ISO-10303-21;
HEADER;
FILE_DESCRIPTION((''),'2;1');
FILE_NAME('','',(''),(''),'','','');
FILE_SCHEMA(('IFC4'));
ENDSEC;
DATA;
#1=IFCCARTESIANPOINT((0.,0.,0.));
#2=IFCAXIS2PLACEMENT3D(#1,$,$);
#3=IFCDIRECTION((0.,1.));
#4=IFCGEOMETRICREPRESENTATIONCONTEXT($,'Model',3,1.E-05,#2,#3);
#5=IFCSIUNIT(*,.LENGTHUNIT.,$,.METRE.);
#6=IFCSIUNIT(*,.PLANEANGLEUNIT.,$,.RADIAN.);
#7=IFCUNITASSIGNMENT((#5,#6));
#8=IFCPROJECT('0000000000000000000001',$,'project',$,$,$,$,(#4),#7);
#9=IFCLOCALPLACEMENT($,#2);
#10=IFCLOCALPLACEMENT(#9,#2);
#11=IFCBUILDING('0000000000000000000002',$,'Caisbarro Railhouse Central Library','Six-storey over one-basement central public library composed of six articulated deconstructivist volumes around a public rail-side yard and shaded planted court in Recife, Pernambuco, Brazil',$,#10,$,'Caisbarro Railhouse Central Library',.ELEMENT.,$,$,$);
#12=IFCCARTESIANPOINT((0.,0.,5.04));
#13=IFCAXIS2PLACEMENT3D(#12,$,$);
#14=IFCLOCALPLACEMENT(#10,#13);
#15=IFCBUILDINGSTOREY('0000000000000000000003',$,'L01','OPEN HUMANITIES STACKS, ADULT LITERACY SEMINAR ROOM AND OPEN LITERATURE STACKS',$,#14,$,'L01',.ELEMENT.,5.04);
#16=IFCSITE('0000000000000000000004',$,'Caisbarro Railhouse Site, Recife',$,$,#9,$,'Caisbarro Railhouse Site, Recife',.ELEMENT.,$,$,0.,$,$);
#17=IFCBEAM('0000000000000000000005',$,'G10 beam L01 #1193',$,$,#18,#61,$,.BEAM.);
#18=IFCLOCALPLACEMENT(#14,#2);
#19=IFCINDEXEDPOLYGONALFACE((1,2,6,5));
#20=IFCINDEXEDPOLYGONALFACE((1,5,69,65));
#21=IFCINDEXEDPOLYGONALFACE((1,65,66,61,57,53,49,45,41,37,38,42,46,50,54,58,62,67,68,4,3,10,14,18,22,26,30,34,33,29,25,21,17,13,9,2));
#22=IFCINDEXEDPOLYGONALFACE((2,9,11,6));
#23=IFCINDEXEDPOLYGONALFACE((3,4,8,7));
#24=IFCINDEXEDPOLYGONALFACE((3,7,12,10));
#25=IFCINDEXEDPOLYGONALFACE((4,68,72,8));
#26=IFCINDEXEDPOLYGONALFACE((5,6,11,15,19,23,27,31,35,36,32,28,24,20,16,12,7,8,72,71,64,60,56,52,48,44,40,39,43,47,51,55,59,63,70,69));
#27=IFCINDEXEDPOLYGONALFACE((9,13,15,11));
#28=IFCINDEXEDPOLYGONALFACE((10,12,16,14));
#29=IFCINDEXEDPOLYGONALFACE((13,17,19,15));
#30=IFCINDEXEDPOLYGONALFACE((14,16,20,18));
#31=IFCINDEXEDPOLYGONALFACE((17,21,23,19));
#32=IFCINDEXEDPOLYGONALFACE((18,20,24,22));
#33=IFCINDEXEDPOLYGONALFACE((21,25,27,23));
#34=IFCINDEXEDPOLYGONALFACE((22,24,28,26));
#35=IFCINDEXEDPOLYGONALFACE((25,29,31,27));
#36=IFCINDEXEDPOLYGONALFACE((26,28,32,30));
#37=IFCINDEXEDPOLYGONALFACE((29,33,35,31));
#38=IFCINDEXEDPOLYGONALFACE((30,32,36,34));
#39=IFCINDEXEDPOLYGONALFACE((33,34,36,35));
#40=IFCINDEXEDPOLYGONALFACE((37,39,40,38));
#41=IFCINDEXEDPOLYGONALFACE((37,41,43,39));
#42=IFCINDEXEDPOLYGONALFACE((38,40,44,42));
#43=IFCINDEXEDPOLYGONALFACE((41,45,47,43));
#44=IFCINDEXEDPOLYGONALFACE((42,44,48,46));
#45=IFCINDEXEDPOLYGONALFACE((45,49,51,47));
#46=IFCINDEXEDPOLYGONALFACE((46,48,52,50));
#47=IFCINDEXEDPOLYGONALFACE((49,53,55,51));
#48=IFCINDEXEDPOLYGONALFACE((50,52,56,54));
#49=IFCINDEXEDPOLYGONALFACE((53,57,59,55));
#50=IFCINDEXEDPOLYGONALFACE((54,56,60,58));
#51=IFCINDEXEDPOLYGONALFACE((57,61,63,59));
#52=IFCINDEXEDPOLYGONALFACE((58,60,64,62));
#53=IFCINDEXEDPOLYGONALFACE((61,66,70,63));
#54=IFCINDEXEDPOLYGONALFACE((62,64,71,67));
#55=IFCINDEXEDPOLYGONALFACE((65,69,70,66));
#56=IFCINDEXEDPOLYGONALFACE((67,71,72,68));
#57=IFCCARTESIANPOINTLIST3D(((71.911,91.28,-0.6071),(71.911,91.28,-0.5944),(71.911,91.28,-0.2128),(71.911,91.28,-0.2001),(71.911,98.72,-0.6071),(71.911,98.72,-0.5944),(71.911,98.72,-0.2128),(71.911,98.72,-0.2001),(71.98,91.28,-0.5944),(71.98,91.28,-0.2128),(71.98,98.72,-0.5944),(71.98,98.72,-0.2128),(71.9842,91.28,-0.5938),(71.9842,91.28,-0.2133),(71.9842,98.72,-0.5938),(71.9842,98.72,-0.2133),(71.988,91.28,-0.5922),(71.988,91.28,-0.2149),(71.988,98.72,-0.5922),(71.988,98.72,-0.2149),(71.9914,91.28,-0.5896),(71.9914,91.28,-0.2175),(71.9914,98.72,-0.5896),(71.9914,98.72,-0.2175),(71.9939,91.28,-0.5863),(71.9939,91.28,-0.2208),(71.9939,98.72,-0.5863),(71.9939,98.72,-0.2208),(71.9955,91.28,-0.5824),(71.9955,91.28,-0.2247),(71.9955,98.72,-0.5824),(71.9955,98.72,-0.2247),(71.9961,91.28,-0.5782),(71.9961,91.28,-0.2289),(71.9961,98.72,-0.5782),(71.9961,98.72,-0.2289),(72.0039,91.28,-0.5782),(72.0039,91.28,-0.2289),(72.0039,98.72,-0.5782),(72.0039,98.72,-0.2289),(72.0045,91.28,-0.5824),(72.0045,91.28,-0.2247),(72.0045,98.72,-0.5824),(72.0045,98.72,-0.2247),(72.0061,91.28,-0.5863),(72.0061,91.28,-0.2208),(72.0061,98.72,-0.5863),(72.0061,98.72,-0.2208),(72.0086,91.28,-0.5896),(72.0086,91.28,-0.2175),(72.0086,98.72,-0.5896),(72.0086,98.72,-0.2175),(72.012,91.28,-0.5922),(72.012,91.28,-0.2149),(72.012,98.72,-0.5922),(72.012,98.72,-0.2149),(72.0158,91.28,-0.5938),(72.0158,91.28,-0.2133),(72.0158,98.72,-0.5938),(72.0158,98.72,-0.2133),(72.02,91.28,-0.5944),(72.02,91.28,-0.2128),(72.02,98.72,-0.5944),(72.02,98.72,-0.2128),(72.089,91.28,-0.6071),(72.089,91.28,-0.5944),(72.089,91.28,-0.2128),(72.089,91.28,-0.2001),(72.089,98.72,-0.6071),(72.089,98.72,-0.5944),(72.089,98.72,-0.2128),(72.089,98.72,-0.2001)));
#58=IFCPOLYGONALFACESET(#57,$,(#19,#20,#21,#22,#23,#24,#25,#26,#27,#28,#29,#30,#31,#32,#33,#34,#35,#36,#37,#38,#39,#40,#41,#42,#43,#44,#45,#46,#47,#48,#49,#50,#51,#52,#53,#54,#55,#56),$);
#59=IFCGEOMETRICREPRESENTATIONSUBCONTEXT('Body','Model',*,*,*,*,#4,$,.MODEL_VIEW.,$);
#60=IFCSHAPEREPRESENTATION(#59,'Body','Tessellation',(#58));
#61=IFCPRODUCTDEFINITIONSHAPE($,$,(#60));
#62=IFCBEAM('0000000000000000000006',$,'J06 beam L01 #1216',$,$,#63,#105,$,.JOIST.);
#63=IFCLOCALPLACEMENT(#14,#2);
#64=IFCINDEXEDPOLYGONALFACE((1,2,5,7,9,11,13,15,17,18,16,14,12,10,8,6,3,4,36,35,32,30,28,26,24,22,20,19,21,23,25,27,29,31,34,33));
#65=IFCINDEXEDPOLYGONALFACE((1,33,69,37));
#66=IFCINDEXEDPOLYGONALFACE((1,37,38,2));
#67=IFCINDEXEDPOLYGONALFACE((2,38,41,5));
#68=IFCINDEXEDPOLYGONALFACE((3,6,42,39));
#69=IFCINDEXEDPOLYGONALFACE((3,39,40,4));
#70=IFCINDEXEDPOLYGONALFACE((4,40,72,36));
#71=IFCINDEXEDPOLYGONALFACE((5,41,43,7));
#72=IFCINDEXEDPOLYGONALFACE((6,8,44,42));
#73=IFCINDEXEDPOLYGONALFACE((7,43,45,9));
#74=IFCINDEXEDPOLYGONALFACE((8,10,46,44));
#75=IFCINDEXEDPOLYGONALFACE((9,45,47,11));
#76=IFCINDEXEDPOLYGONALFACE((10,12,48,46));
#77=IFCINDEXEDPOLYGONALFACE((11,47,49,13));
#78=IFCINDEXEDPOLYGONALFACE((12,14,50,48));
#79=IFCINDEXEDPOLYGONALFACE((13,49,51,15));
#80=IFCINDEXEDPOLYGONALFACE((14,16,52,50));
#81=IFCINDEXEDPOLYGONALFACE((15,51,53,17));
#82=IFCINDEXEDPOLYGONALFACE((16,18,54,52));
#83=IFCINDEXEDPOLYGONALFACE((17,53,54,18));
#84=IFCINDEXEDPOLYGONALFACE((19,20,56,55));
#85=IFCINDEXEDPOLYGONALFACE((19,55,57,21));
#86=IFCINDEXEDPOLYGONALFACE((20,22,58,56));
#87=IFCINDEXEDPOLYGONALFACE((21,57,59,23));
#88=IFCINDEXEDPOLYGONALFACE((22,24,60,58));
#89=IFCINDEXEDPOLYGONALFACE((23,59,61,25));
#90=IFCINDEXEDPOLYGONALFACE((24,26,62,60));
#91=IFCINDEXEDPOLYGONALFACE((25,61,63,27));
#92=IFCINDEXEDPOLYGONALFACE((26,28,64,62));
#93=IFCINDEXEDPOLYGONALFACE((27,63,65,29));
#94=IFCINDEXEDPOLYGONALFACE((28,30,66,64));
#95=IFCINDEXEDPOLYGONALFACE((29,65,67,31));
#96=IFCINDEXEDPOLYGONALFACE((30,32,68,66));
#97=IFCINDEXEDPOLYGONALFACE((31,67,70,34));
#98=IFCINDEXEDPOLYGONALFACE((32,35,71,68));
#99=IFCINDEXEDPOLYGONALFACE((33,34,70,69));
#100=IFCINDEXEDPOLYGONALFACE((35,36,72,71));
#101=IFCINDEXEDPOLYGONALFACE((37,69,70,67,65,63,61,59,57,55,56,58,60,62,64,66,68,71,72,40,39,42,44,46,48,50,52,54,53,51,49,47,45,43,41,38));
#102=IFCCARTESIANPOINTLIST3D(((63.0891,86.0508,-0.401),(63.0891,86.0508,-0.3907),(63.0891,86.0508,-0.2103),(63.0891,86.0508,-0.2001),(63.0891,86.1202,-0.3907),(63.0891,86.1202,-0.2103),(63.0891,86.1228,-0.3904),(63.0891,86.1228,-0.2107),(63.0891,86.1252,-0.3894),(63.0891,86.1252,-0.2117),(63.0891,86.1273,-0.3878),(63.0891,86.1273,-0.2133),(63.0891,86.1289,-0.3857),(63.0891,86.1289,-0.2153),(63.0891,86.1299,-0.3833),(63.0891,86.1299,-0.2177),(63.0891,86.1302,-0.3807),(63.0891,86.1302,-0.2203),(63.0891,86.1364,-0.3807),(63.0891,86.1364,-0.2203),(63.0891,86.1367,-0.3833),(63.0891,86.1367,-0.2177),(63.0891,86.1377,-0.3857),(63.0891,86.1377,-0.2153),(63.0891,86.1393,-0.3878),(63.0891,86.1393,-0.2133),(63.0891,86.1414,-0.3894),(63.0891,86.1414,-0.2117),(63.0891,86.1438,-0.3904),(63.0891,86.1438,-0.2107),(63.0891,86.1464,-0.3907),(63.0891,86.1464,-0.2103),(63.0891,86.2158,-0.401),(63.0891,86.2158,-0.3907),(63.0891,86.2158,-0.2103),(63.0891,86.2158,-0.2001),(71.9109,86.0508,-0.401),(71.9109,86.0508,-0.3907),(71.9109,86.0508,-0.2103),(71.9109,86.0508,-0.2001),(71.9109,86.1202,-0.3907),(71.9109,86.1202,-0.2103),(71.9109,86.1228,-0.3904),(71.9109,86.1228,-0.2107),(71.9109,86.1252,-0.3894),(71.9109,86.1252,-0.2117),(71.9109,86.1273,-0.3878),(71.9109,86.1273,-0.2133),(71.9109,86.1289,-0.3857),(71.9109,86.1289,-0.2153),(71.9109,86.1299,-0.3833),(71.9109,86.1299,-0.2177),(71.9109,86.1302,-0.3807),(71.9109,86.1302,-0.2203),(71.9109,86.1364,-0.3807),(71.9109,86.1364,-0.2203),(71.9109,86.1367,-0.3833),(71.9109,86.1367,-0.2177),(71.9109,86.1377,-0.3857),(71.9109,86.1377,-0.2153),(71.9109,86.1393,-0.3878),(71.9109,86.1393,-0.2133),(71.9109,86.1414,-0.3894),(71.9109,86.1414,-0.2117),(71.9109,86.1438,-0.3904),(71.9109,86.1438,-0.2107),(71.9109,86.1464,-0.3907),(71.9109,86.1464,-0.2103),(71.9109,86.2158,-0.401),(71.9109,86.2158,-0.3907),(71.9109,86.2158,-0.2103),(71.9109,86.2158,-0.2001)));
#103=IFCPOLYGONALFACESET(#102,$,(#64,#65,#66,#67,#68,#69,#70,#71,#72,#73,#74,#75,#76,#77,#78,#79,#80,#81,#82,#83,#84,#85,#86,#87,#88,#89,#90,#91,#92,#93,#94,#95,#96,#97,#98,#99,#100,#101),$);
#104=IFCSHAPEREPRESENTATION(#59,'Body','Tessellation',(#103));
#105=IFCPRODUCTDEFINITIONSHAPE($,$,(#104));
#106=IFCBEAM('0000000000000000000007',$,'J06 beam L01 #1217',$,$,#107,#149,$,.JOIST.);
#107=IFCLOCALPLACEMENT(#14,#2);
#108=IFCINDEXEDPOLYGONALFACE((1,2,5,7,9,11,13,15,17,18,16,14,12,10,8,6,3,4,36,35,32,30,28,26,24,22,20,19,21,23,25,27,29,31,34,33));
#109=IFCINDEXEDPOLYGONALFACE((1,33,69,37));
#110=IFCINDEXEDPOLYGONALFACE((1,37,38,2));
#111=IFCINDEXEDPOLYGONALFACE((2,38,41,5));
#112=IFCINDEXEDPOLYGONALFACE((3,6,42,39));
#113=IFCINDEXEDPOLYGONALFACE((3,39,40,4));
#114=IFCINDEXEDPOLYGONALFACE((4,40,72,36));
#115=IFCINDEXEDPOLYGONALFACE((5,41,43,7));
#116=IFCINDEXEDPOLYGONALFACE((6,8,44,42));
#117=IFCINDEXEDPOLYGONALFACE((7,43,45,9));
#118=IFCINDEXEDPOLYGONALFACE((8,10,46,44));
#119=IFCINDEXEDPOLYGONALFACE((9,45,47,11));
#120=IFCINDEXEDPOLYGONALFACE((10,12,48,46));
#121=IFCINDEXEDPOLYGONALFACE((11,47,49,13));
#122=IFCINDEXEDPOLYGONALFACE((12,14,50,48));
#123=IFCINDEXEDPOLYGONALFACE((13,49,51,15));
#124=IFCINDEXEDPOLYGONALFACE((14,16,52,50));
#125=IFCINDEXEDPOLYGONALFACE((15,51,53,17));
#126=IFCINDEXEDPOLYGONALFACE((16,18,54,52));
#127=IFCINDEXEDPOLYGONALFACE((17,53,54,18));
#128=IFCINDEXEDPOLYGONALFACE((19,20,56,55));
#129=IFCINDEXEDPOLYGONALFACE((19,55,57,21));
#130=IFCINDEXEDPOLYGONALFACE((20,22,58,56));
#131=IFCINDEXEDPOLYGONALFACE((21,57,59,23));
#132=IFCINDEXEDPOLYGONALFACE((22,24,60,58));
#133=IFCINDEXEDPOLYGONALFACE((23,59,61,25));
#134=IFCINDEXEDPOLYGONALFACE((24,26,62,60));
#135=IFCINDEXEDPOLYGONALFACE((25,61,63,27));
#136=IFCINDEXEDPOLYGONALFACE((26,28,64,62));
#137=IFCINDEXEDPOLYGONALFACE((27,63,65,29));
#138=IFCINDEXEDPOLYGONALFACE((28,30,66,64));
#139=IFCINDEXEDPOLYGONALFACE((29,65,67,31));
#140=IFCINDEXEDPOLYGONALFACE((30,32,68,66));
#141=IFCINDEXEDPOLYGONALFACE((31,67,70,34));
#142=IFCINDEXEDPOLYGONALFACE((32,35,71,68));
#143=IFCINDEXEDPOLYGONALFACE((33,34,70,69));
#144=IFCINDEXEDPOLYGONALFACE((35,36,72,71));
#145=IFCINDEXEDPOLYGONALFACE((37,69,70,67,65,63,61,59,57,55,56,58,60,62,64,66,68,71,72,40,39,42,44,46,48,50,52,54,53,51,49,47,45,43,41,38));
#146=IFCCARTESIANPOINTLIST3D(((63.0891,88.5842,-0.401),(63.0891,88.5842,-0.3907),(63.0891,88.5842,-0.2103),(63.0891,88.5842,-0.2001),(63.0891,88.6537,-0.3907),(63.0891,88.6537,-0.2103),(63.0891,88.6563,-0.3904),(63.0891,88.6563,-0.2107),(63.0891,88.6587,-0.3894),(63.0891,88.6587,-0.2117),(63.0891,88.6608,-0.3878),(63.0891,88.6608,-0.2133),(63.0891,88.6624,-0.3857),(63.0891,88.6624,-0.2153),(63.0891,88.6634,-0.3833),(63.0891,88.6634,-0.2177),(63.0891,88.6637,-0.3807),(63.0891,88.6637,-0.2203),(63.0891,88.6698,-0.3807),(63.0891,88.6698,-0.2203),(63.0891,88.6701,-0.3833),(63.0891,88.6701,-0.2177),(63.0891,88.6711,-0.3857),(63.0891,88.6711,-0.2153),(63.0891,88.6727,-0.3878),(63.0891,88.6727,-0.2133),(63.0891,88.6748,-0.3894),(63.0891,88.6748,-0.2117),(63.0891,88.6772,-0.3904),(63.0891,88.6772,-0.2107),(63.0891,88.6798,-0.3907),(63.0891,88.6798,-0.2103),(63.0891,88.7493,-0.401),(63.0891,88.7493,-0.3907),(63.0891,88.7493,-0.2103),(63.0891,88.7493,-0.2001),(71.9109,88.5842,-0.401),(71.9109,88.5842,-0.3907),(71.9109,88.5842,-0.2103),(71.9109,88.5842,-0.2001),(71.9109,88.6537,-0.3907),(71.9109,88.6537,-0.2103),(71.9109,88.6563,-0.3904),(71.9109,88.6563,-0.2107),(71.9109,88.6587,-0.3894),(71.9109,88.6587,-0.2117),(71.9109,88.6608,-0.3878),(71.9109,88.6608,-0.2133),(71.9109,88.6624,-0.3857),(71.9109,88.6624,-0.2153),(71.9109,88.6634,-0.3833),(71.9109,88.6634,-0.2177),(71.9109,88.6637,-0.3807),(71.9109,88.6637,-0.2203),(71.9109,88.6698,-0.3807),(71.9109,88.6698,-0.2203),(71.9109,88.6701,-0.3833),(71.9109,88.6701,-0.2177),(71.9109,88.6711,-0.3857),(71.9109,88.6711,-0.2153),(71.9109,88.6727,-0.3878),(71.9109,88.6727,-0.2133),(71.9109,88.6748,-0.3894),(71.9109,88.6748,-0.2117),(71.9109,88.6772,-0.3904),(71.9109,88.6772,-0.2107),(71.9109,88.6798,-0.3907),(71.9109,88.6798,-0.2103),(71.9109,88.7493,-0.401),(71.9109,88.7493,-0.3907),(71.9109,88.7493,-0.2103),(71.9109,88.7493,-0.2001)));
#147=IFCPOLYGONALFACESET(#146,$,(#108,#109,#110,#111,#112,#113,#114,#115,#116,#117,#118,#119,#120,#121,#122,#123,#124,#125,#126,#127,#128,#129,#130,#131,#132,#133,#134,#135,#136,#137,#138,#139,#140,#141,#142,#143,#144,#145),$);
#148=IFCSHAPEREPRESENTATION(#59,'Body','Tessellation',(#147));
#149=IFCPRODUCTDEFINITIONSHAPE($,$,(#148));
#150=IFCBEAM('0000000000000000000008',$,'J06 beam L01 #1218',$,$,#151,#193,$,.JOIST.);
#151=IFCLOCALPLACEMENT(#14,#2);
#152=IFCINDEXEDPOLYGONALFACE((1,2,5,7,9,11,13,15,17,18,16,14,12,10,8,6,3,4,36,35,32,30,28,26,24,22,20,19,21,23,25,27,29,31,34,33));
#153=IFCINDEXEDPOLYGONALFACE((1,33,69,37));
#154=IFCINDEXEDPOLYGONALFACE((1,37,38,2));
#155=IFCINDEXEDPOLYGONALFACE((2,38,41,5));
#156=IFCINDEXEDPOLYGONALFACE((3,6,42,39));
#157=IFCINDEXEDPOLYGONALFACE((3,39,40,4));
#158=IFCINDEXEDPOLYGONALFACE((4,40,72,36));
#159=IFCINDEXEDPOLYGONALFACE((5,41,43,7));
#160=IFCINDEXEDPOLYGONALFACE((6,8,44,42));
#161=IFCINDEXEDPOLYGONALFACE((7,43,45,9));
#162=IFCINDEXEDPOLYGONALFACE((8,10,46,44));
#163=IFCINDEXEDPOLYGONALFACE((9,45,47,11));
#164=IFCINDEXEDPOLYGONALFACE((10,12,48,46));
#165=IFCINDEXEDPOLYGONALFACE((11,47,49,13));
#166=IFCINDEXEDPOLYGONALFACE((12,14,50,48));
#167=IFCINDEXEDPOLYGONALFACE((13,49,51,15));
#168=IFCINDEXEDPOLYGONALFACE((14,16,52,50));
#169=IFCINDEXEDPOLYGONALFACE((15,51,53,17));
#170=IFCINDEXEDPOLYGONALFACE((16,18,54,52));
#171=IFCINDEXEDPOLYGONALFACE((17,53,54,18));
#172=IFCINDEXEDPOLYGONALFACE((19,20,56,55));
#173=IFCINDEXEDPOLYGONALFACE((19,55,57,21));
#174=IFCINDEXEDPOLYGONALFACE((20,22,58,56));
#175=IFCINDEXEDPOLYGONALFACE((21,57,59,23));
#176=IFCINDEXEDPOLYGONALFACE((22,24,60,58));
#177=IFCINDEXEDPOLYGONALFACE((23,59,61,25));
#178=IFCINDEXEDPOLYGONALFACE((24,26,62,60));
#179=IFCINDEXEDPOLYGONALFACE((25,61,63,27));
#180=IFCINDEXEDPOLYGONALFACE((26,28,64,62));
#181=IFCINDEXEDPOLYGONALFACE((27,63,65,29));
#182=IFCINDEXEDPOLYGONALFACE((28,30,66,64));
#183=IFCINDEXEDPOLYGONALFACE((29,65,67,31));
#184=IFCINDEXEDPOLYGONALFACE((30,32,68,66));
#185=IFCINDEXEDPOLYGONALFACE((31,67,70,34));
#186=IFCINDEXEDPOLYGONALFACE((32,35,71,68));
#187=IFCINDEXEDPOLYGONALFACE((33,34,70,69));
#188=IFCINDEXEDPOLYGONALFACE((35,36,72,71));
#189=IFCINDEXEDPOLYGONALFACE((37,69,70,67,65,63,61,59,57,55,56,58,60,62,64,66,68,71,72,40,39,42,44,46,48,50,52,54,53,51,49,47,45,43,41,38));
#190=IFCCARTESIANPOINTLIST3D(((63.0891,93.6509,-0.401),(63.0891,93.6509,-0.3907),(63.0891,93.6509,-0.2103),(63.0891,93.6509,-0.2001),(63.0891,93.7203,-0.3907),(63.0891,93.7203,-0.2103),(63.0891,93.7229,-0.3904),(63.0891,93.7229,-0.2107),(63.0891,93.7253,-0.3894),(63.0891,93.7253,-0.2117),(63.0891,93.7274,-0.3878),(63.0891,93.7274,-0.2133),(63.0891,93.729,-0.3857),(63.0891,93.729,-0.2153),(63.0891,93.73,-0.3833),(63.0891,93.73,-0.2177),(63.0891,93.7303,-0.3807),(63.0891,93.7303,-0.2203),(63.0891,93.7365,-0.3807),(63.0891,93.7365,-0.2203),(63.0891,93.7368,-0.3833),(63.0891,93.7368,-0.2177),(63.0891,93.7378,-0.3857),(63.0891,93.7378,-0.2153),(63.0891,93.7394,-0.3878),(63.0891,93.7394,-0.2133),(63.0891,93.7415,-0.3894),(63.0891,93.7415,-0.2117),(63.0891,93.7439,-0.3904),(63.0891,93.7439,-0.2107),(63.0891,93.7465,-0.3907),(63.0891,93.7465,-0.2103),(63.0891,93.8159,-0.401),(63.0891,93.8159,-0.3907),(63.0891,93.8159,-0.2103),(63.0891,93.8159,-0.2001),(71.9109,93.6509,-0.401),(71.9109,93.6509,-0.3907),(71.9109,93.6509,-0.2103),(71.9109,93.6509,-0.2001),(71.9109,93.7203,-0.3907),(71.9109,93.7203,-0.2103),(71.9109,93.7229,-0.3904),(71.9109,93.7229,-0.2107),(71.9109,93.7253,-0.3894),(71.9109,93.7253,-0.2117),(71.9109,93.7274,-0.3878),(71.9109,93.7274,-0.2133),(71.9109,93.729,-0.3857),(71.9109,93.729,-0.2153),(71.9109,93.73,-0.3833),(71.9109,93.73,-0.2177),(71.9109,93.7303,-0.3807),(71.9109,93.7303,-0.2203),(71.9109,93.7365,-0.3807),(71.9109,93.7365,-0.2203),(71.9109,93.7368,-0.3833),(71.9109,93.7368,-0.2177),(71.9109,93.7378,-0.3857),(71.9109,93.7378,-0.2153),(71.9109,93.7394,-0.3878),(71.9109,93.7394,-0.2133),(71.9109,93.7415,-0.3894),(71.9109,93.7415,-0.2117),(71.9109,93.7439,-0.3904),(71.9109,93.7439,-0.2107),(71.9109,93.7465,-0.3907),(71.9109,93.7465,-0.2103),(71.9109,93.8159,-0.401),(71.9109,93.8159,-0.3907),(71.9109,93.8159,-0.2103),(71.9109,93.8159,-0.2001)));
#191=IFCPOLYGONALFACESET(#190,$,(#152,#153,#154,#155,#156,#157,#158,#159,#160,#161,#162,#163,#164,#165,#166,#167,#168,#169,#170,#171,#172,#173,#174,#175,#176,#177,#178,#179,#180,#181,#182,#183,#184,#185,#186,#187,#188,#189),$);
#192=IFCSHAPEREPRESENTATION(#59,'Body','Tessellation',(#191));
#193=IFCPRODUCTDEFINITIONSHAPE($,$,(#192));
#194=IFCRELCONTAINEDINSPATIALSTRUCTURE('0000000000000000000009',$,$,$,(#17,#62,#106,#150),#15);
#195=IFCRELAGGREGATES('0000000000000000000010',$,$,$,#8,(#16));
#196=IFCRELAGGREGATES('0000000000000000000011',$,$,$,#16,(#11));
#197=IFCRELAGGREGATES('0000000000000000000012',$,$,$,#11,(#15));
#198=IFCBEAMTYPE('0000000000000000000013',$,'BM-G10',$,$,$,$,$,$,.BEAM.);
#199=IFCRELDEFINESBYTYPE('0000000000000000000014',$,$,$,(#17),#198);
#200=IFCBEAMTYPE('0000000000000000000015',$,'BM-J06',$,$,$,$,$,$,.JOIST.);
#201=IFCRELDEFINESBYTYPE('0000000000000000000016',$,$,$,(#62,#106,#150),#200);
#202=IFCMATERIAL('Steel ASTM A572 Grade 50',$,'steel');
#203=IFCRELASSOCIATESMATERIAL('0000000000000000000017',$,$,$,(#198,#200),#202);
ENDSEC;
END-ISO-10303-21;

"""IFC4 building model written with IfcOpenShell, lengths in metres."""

from ifc_helpers import new_model, si_unit, direction, frame, origin, origin_2d, place, context, subcontext, project, spatial, i_section, extrude, material, material_profile, profile_set, type_object, element, save


model = new_model("IFC4")

# Units and contexts
model_context = context("Model", 3, precision=1e-05, world=origin(), true_north=direction((0.0, 1.0)))
body_context = subcontext(model_context, "Body", "Model", "MODEL_VIEW")
ifc_project = project(units=[si_unit("LENGTHUNIT", "METRE"), si_unit("PLANEANGLEUNIT", "RADIAN")], contexts=[model_context])

# Site, building, storey
site_placement = place(None, origin())
site = spatial("IfcSite", under=ifc_project, at=site_placement, Name="Caisbarro Railhouse Site, Recife", LongName="Caisbarro Railhouse Site, Recife", CompositionType="ELEMENT", RefElevation=0.0)
building_placement = place(site_placement, origin())
building = spatial("IfcBuilding", under=site, at=building_placement, Name="Caisbarro Railhouse Central Library", Description="Six-storey over one-basement central public library composed of six articulated deconstructivist volumes around a public rail-side yard and shaded planted court in Recife, Pernambuco, Brazil", LongName="Caisbarro Railhouse Central Library", CompositionType="ELEMENT")
storey_placement = place(building_placement, frame((0.0, 0.0, 5.04)))
storey = spatial("IfcBuildingStorey", under=building, at=storey_placement, Name="L01", Description="OPEN HUMANITIES STACKS, ADULT LITERACY SEMINAR ROOM AND OPEN LITERATURE STACKS", LongName="L01", CompositionType="ELEMENT", Elevation=5.04)

# Shared definitions
ifc_material_1 = material(Name="Steel ASTM A572 Grade 50", Category="steel")

# Beams
ifc_material_profile_1 = material_profile(ifc_material_1, i_section(OverallWidth=0.178, OverallDepth=0.407, WebThickness=0.0078, FlangeThickness=0.0127, FilletRadius=0.0161, at=origin_2d()), Name="W410X60.0")
ifc_profile_set_1 = profile_set([ifc_material_profile_1], Name="Steel ASTM A572 Grade 50")
beam_type_1 = type_object("IfcBeamType", Name="BM-G10", PredefinedType="BEAM", material=ifc_profile_set_1)
beam_1_placement = place(storey_placement, frame((72.0, 91.28, -0.4036), z_axis=(0.0, 1.0, 0.0), x_axis=(-1.0, 0.0, 0.0)))
element("IfcBeam", 1, at=beam_1_placement, inside=storey, type_object=beam_type_1, Name="G10 beam L01 #1193", PredefinedType="BEAM", context=body_context, shape_type="SweptSolid", body=[
    extrude(i_section(OverallWidth=0.178, OverallDepth=0.407, WebThickness=0.0078, FlangeThickness=0.0127, FilletRadius=0.0161, at=origin_2d()), origin(), (0.0, 0.0, 1.0), 7.4399),
])
ifc_material_profile_2 = material_profile(ifc_material_1, i_section(OverallWidth=0.165, OverallDepth=0.2009, WebThickness=0.0061, FlangeThickness=0.0103, FilletRadius=0.01, at=origin_2d()), Name="W200X35.9")
ifc_profile_set_2 = profile_set([ifc_material_profile_2], Name="Steel ASTM A572 Grade 50")
beam_type_2 = type_object("IfcBeamType", Name="BM-J06", PredefinedType="JOIST", material=ifc_profile_set_2)
for number, where, z_axis, x_axis, name in (
    (2, (63.0891, 86.1333, -0.3005), (1.0, 0.0, 0.0), (0.0, 1.0, 0.0), "J06 beam L01 #1216"),
    (3, (63.0891, 88.6667, -0.3005), (1.0, 0.0, 0.0), (0.0, 1.0, 0.0), "J06 beam L01 #1217"),
    (4, (63.0891, 93.7334, -0.3005), (1.0, 0.0, 0.0), (0.0, 1.0, 0.0), "J06 beam L01 #1218"),
):
    element("IfcBeam", number, at=place(storey_placement, frame(where, z_axis=z_axis, x_axis=x_axis)), inside=storey, type_object=beam_type_2, Name=name, PredefinedType="JOIST", context=body_context, shape_type="SweptSolid", body=[
        extrude(i_section(OverallWidth=0.165, OverallDepth=0.2009, WebThickness=0.0061, FlangeThickness=0.0103, FilletRadius=0.01, at=origin_2d()), origin(), (0.0, 0.0, 1.0), 8.8218),
    ])

save(model, "model.ifc")
